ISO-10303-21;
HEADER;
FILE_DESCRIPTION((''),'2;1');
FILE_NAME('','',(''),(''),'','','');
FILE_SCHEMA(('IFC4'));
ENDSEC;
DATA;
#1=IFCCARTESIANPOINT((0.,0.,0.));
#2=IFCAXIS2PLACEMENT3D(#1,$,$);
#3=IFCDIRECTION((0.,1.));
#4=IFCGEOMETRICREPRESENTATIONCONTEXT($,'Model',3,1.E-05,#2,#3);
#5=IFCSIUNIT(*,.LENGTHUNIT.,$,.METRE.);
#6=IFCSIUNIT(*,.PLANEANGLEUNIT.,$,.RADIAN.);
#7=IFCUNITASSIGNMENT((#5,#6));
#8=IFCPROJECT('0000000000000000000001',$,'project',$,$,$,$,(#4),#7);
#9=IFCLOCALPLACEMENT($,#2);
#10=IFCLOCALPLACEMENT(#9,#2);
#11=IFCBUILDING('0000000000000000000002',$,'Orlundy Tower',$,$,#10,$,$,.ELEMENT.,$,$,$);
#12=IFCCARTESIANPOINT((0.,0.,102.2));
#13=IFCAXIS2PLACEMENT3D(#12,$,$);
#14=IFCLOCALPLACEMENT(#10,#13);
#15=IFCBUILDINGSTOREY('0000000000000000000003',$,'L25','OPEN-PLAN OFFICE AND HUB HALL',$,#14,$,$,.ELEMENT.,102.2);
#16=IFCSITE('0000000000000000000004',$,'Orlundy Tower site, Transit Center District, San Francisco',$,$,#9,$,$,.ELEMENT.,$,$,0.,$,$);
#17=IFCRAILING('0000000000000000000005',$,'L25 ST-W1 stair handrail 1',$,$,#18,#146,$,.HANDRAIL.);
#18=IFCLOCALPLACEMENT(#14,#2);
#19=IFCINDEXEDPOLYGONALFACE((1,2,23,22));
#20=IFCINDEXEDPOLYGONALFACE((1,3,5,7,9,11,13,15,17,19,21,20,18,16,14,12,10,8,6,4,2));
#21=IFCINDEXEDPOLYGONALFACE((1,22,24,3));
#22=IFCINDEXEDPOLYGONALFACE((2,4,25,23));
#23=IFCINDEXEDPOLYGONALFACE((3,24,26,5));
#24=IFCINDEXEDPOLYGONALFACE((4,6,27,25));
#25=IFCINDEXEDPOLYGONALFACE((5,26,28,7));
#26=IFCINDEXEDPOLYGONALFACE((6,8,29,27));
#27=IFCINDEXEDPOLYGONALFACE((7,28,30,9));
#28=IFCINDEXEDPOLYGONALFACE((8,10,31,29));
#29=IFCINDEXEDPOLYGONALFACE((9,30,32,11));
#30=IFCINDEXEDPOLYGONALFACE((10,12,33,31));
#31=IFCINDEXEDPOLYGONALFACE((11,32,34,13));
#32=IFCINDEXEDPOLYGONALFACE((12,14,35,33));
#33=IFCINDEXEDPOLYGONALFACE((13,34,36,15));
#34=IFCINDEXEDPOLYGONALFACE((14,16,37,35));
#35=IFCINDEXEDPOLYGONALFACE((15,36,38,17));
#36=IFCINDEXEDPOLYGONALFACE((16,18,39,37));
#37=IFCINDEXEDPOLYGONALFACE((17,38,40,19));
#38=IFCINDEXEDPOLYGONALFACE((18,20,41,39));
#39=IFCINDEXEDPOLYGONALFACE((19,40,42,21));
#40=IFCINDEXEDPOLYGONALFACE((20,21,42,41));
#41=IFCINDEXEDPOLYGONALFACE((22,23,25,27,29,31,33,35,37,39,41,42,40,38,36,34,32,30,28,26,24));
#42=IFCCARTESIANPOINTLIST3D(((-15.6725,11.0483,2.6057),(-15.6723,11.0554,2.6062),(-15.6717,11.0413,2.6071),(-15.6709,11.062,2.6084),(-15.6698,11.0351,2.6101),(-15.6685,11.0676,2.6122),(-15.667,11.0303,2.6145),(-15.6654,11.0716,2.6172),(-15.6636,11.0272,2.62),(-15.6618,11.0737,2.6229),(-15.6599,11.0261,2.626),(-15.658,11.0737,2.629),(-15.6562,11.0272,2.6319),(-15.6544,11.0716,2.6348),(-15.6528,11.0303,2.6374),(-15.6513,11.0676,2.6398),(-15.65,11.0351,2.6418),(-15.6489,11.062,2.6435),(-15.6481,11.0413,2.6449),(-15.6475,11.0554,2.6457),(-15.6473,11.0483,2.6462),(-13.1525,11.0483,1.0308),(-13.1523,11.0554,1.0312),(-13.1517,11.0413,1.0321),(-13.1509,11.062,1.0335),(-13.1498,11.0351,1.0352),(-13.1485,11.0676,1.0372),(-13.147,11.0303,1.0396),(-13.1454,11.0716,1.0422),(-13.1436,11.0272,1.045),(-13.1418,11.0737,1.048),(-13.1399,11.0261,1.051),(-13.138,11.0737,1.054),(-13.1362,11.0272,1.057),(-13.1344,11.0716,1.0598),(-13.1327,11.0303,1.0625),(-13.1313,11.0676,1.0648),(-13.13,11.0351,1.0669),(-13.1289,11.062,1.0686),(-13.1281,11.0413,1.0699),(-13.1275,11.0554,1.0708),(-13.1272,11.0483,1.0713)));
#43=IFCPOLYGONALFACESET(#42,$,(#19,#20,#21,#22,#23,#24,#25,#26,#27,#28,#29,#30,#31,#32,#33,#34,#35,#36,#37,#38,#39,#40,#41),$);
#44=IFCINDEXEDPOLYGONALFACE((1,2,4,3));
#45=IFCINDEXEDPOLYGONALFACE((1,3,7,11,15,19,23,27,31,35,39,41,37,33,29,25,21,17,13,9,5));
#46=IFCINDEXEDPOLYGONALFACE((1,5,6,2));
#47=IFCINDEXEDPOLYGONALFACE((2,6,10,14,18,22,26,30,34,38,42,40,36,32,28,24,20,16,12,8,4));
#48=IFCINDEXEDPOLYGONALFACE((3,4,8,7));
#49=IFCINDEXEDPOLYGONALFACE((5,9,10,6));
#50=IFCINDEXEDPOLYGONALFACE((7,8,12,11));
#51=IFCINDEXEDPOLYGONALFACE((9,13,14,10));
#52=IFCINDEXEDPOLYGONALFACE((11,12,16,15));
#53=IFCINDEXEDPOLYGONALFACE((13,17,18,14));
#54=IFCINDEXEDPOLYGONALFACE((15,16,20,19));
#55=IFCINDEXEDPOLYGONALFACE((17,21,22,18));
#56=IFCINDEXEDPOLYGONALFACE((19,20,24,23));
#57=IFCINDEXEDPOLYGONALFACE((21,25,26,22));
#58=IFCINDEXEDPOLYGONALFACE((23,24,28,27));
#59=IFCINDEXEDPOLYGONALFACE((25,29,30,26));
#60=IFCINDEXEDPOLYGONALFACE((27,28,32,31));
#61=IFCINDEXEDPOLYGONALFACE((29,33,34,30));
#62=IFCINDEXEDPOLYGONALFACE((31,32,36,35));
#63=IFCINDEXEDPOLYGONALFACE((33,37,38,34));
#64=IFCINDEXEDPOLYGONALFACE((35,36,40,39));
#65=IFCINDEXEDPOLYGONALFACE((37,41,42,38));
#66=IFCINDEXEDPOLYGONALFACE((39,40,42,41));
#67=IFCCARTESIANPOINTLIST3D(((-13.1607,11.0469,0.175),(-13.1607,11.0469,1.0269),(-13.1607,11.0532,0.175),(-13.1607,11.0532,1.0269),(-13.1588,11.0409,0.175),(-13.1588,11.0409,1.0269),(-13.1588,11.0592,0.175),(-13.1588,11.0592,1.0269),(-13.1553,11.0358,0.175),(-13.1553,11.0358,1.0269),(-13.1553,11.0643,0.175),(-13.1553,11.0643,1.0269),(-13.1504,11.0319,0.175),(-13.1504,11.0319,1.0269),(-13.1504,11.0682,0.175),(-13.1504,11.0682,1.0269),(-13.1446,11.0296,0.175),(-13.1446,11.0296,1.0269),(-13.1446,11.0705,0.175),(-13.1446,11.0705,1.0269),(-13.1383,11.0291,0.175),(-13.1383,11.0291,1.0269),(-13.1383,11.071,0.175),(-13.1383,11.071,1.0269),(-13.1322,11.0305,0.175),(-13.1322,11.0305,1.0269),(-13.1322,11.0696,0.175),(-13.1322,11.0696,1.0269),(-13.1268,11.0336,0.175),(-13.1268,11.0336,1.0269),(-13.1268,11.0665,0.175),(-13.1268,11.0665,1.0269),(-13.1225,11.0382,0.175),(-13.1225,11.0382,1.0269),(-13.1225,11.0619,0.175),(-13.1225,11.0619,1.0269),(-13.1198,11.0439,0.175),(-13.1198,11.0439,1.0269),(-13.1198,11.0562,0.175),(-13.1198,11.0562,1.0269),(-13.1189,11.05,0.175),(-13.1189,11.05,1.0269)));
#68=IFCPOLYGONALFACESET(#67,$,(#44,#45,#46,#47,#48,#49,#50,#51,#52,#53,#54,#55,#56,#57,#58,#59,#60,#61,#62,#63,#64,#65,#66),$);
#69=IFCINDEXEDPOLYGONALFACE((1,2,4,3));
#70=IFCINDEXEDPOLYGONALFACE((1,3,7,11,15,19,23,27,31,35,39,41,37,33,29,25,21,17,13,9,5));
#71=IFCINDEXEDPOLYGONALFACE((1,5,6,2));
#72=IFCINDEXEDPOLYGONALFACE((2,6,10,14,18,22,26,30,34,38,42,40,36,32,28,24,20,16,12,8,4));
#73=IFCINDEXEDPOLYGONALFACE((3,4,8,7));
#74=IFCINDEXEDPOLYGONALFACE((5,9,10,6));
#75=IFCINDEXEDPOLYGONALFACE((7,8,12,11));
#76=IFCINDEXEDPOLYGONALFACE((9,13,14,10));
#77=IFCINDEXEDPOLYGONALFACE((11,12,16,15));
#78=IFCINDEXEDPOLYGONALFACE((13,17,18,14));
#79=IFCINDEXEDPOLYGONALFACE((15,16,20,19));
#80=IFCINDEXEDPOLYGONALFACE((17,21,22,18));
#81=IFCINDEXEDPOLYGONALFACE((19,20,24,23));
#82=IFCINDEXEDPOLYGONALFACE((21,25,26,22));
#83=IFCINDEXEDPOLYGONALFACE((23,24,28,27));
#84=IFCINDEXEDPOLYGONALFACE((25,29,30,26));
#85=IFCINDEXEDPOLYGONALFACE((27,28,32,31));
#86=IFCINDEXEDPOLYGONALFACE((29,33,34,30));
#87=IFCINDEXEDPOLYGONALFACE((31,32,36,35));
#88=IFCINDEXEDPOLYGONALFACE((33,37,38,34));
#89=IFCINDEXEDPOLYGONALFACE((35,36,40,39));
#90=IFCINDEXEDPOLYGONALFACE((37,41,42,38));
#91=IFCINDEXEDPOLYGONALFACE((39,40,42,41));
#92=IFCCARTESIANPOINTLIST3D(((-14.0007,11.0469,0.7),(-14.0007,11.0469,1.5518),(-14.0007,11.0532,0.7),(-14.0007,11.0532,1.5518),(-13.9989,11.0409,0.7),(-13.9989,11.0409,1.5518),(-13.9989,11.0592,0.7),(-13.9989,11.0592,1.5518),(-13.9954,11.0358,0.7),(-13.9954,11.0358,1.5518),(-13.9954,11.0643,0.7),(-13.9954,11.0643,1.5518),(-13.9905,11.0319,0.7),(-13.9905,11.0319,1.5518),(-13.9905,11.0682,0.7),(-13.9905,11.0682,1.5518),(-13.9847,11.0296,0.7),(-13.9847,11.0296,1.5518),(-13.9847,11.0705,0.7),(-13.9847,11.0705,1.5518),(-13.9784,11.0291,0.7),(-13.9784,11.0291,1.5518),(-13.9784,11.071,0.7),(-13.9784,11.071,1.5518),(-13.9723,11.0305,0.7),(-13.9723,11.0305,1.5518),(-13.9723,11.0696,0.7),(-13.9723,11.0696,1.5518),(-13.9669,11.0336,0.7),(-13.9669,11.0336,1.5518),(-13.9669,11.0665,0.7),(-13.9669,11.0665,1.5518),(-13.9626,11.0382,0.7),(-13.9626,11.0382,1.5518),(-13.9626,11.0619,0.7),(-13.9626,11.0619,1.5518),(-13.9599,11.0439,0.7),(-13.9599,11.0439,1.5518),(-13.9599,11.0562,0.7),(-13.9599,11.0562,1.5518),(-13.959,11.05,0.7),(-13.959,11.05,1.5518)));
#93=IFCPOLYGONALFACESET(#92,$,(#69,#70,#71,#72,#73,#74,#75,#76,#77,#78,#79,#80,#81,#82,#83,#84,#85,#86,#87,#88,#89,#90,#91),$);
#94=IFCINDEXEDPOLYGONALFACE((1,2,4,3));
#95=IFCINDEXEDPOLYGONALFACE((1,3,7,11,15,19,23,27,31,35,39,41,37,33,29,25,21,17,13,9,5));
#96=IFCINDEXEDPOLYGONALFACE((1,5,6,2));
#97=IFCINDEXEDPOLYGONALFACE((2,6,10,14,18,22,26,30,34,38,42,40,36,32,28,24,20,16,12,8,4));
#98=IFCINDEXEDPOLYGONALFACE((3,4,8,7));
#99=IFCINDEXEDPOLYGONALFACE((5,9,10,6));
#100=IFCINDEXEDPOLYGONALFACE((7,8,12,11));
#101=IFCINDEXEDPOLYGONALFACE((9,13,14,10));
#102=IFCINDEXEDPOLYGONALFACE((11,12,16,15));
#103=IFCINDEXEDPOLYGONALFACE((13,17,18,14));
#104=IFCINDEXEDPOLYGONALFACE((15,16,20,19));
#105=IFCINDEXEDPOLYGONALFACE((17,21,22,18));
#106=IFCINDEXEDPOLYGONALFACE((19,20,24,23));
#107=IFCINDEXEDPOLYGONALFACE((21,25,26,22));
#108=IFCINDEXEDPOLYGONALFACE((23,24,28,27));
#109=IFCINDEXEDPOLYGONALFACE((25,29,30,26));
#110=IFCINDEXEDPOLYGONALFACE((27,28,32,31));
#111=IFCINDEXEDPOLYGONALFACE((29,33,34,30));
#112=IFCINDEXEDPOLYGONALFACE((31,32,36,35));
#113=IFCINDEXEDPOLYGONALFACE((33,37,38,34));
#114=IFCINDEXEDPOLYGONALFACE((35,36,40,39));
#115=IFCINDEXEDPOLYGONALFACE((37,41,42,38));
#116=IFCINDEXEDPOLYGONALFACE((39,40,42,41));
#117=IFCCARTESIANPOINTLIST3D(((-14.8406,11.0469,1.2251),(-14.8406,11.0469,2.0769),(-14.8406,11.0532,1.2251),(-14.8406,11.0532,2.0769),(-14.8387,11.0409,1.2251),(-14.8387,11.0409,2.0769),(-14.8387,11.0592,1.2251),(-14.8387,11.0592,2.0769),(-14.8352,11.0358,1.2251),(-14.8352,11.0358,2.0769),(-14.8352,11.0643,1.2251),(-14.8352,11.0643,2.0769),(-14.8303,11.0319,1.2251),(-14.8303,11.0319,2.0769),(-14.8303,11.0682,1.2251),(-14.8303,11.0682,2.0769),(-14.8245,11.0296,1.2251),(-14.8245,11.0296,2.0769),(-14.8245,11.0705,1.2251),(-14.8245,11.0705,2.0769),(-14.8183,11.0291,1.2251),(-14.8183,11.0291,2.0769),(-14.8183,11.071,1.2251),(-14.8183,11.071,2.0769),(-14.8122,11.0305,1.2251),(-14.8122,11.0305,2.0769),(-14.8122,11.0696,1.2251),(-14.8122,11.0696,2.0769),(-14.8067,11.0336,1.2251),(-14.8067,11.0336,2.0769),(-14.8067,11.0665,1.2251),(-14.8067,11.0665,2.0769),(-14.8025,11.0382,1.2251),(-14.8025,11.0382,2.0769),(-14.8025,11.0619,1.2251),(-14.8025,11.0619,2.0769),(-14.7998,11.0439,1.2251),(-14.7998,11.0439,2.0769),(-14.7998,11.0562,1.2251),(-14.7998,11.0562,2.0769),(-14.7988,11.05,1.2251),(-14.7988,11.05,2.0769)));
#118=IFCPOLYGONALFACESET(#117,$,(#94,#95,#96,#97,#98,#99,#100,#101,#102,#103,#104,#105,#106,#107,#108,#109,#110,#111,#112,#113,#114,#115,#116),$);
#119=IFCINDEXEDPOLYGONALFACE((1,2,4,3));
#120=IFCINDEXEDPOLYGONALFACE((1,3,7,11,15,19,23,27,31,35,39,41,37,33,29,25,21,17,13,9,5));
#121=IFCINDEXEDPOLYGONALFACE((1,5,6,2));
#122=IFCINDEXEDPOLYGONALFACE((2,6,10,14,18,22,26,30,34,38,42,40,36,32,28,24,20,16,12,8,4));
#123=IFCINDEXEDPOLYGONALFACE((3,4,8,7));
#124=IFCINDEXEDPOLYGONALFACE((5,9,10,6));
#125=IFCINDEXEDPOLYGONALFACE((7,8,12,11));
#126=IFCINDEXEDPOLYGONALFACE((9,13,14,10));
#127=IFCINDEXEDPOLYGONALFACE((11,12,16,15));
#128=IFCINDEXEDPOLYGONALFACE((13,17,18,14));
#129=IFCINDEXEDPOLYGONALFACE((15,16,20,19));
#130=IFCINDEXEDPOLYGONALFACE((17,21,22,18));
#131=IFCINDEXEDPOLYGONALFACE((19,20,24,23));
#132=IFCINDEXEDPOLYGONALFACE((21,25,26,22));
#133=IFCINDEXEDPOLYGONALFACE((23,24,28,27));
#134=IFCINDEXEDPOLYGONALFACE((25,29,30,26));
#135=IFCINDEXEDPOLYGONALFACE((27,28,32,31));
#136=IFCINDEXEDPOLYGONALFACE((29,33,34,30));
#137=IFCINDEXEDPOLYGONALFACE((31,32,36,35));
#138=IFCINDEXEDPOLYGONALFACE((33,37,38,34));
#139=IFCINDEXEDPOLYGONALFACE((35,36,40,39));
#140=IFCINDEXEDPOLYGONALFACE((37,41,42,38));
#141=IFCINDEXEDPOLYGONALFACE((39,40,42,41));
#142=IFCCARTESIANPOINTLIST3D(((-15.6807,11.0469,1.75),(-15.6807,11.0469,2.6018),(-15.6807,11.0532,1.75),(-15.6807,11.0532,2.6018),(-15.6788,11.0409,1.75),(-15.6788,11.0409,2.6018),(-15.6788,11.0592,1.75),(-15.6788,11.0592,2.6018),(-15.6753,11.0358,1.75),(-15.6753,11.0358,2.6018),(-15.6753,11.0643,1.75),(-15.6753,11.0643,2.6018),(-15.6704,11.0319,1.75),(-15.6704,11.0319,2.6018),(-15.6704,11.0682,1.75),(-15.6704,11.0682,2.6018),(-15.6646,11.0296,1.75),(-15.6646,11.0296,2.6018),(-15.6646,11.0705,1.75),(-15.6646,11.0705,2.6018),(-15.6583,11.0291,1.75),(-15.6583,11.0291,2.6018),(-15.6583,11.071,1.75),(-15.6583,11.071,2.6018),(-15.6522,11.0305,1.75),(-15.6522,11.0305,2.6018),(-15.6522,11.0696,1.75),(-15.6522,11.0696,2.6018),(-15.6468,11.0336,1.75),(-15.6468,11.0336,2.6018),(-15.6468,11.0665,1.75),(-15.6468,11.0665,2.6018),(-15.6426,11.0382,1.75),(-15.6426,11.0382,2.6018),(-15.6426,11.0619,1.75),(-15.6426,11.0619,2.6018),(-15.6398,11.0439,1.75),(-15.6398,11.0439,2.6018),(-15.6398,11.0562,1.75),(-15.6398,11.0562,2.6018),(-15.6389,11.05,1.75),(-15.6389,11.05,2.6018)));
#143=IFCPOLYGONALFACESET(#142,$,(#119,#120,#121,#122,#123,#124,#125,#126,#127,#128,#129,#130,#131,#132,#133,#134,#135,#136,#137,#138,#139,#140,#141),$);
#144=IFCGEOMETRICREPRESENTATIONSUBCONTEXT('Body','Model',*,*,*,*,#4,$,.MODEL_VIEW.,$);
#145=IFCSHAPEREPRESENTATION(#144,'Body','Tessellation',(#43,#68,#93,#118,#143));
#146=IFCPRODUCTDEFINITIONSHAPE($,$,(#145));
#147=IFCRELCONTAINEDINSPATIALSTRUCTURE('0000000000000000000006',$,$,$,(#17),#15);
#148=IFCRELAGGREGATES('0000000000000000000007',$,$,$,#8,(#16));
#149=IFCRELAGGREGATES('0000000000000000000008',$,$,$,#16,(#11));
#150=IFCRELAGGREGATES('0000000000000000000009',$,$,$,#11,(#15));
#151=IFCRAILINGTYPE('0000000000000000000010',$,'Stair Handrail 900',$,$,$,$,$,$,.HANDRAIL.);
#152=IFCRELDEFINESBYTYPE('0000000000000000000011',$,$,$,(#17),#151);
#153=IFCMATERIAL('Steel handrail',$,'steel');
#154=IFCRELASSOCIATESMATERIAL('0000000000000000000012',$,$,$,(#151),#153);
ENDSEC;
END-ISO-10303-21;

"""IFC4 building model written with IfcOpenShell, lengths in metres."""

from ifc_helpers import new_model, si_unit, direction, frame, origin, origin_2d, place, context, subcontext, project, spatial, circle, extrude, material, type_object, element, save


model = new_model("IFC4")

# Units and contexts
model_context = context("Model", 3, precision=1e-05, world=origin(), true_north=direction((0.0, 1.0)))
body_context = subcontext(model_context, "Body", "Model", "MODEL_VIEW")
ifc_project = project(units=[si_unit("LENGTHUNIT", "METRE"), si_unit("PLANEANGLEUNIT", "RADIAN")], contexts=[model_context])

# Site, building, storey
site_placement = place(None, origin())
site = spatial("IfcSite", under=ifc_project, at=site_placement, Name="Orlundy Tower site, Transit Center District, San Francisco", CompositionType="ELEMENT", RefElevation=0.0)
building_placement = place(site_placement, origin())
building = spatial("IfcBuilding", under=site, at=building_placement, Name="Orlundy Tower", CompositionType="ELEMENT")
storey_placement = place(building_placement, frame((0.0, 0.0, 102.2)))
storey = spatial("IfcBuildingStorey", under=building, at=storey_placement, Name="L25", Description="OPEN-PLAN OFFICE AND HUB HALL", CompositionType="ELEMENT", Elevation=102.2)

# Railing
ifc_material_1 = material(Name="Steel handrail", Category="steel")
railing_type_1 = type_object("IfcRailingType", Name="Stair Handrail 900", PredefinedType="HANDRAIL", material=ifc_material_1)
railing_1_placement = place(storey_placement, frame((-13.1399, 11.05, 0.175)))
element("IfcRailing", 1, at=railing_1_placement, inside=storey, type_object=railing_type_1, Name="L25 ST-W1 stair handrail 1", PredefinedType="HANDRAIL", context=body_context, shape_type="SweptSolid", body=[
    extrude(circle(Radius=0.0239, at=origin_2d()), frame((0.0, 0.0, 0.876), z_axis=(-0.848008, 0.0, 0.529984), x_axis=(0.0, -1.0, 0.0)), (0.0, 0.0, 1.0), 2.9717),
    extrude(circle(Radius=0.021, at=origin_2d()), origin(), (0.0, 0.0, 1.0), 0.8518),
    extrude(circle(Radius=0.021, at=origin_2d()), frame((-0.8401, 0.0, 0.5249)), (0.0, 0.0, 1.0), 0.8518),
    extrude(circle(Radius=0.021, at=origin_2d()), frame((-1.6799, 0.0, 1.05)), (0.0, 0.0, 1.0), 0.8518),
    extrude(circle(Radius=0.021, at=origin_2d()), frame((-2.52, 0.0, 1.575)), (0.0, 0.0, 1.0), 0.8518),
])

save(model, "model.ifc")
